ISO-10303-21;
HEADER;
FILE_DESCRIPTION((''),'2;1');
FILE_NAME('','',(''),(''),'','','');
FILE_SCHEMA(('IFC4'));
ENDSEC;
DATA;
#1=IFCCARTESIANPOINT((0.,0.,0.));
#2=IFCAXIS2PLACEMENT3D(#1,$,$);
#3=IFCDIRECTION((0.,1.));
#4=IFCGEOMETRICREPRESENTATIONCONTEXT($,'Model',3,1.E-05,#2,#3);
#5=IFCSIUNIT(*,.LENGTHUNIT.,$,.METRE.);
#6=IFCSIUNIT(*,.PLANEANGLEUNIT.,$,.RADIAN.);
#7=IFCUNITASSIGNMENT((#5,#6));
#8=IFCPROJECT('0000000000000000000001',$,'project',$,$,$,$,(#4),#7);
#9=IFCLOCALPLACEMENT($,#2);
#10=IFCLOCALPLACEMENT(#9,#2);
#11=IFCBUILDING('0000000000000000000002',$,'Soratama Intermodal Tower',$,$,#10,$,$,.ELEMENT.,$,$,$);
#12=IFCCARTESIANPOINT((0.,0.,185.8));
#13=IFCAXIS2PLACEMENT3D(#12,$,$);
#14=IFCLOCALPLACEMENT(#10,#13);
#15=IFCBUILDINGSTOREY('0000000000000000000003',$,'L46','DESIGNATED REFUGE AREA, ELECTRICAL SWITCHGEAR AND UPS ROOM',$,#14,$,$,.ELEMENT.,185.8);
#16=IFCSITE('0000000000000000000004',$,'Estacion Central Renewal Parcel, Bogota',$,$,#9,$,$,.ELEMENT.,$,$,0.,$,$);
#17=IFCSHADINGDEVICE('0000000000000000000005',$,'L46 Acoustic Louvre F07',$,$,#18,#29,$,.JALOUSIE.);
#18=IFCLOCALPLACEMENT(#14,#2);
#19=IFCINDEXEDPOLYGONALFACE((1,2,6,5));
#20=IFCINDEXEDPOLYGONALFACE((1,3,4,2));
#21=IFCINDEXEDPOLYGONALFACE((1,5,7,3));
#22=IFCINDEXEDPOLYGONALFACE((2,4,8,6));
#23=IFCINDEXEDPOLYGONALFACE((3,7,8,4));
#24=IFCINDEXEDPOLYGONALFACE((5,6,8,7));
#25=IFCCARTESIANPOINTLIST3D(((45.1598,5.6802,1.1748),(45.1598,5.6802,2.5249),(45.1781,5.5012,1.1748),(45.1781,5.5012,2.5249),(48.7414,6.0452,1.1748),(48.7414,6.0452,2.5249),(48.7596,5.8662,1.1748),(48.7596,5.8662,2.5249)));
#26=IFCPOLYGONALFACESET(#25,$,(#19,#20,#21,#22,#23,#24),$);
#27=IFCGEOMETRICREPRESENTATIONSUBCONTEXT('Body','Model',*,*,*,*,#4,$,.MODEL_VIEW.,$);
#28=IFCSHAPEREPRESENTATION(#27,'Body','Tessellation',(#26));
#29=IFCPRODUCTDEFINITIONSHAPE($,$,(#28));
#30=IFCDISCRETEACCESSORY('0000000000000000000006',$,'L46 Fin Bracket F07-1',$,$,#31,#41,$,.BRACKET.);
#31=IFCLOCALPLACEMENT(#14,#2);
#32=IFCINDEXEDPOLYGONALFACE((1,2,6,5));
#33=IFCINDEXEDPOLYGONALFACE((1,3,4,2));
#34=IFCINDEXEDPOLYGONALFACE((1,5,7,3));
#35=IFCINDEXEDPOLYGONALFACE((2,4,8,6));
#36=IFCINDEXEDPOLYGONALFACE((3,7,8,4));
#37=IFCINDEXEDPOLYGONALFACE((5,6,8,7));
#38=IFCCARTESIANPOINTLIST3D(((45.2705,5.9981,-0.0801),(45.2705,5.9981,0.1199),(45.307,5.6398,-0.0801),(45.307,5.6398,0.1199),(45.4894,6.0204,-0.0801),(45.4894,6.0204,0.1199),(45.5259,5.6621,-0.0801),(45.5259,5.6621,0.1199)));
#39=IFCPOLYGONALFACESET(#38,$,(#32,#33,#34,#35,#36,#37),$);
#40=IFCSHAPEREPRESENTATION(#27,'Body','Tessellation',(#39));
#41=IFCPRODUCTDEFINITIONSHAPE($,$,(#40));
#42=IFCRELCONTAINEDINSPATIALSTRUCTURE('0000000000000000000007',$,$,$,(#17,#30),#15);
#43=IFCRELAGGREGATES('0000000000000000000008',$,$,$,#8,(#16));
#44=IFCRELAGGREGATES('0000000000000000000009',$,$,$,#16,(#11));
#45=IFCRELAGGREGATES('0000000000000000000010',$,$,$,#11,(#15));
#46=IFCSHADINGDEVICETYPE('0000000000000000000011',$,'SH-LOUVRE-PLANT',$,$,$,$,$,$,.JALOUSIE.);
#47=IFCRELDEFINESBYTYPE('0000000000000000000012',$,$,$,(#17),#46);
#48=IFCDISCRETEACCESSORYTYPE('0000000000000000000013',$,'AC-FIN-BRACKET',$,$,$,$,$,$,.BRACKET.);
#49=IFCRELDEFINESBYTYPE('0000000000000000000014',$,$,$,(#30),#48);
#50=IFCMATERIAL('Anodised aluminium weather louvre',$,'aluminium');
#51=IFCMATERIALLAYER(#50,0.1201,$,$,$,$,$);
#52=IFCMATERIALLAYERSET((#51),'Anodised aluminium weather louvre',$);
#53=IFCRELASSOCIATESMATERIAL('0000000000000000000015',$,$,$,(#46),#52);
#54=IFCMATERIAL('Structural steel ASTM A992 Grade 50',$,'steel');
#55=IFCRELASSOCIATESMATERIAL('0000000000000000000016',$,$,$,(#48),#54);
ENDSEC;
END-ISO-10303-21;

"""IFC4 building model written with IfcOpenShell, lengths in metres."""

from ifc_helpers import new_model, si_unit, direction, frame, origin, origin_2d, place, context, subcontext, project, spatial, rectangle, extrude, material, layer, layer_set, type_object, element, save


model = new_model("IFC4")

# Units and contexts
model_context = context("Model", 3, precision=1e-05, world=origin(), true_north=direction((0.0, 1.0)))
body_context = subcontext(model_context, "Body", "Model", "MODEL_VIEW")
ifc_project = project(units=[si_unit("LENGTHUNIT", "METRE"), si_unit("PLANEANGLEUNIT", "RADIAN")], contexts=[model_context])

# Site, building, storey
site_placement = place(None, origin())
site = spatial("IfcSite", under=ifc_project, at=site_placement, Name="Estacion Central Renewal Parcel, Bogota", CompositionType="ELEMENT", RefElevation=0.0)
building_placement = place(site_placement, origin())
building = spatial("IfcBuilding", under=site, at=building_placement, Name="Soratama Intermodal Tower", CompositionType="ELEMENT")
storey_placement = place(building_placement, frame((0.0, 0.0, 185.8)))
storey = spatial("IfcBuildingStorey", under=building, at=storey_placement, Name="L46", Description="DESIGNATED REFUGE AREA, ELECTRICAL SWITCHGEAR AND UPS ROOM", CompositionType="ELEMENT", Elevation=185.8)

# Shading device
ifc_material_1 = material(Name="Anodised aluminium weather louvre", Category="aluminium")
ifc_layer_1 = layer(ifc_material_1, 0.1201)
ifc_layer_set_1 = layer_set([ifc_layer_1], Name="Anodised aluminium weather louvre")
shading_device_type_1 = type_object("IfcShadingDeviceType", Name="SH-LOUVRE-PLANT", PredefinedType="JALOUSIE", material=ifc_layer_set_1)
shading_device_1_placement = place(storey_placement, frame((46.9597, 5.7732, 1.1748), z_axis=(0.0, 0.0, 1.0), x_axis=(0.994845, 0.101404, 0.0)))
element("IfcShadingDevice", 1, at=shading_device_1_placement, inside=storey, type_object=shading_device_type_1, Name="L46 Acoustic Louvre F07", PredefinedType="JALOUSIE", context=body_context, shape_type="SweptSolid", body=[
    extrude(rectangle(XDim=3.6001, YDim=0.1799, at=origin_2d()), origin(), (0.0, 0.0, 1.0), 1.3501),
])

# Discrete accessory
ifc_material_2 = material(Name="Structural steel ASTM A992 Grade 50", Category="steel")
discrete_accessory_type = type_object("IfcDiscreteAccessoryType", Name="AC-FIN-BRACKET", PredefinedType="BRACKET", material=ifc_material_2)
discrete_accessory_placement = place(storey_placement, frame((45.3982, 5.8301, -0.0801), z_axis=(0.0, 0.0, 1.0), x_axis=(0.101404, -0.994845, 0.0)))
element("IfcDiscreteAccessory", 2, at=discrete_accessory_placement, inside=storey, type_object=discrete_accessory_type, Name="L46 Fin Bracket F07-1", PredefinedType="BRACKET", context=body_context, shape_type="SweptSolid", body=[
    extrude(rectangle(XDim=0.3601, YDim=0.22, at=origin_2d()), origin(), (0.0, 0.0, 1.0), 0.2),
])

save(model, "model.ifc")
